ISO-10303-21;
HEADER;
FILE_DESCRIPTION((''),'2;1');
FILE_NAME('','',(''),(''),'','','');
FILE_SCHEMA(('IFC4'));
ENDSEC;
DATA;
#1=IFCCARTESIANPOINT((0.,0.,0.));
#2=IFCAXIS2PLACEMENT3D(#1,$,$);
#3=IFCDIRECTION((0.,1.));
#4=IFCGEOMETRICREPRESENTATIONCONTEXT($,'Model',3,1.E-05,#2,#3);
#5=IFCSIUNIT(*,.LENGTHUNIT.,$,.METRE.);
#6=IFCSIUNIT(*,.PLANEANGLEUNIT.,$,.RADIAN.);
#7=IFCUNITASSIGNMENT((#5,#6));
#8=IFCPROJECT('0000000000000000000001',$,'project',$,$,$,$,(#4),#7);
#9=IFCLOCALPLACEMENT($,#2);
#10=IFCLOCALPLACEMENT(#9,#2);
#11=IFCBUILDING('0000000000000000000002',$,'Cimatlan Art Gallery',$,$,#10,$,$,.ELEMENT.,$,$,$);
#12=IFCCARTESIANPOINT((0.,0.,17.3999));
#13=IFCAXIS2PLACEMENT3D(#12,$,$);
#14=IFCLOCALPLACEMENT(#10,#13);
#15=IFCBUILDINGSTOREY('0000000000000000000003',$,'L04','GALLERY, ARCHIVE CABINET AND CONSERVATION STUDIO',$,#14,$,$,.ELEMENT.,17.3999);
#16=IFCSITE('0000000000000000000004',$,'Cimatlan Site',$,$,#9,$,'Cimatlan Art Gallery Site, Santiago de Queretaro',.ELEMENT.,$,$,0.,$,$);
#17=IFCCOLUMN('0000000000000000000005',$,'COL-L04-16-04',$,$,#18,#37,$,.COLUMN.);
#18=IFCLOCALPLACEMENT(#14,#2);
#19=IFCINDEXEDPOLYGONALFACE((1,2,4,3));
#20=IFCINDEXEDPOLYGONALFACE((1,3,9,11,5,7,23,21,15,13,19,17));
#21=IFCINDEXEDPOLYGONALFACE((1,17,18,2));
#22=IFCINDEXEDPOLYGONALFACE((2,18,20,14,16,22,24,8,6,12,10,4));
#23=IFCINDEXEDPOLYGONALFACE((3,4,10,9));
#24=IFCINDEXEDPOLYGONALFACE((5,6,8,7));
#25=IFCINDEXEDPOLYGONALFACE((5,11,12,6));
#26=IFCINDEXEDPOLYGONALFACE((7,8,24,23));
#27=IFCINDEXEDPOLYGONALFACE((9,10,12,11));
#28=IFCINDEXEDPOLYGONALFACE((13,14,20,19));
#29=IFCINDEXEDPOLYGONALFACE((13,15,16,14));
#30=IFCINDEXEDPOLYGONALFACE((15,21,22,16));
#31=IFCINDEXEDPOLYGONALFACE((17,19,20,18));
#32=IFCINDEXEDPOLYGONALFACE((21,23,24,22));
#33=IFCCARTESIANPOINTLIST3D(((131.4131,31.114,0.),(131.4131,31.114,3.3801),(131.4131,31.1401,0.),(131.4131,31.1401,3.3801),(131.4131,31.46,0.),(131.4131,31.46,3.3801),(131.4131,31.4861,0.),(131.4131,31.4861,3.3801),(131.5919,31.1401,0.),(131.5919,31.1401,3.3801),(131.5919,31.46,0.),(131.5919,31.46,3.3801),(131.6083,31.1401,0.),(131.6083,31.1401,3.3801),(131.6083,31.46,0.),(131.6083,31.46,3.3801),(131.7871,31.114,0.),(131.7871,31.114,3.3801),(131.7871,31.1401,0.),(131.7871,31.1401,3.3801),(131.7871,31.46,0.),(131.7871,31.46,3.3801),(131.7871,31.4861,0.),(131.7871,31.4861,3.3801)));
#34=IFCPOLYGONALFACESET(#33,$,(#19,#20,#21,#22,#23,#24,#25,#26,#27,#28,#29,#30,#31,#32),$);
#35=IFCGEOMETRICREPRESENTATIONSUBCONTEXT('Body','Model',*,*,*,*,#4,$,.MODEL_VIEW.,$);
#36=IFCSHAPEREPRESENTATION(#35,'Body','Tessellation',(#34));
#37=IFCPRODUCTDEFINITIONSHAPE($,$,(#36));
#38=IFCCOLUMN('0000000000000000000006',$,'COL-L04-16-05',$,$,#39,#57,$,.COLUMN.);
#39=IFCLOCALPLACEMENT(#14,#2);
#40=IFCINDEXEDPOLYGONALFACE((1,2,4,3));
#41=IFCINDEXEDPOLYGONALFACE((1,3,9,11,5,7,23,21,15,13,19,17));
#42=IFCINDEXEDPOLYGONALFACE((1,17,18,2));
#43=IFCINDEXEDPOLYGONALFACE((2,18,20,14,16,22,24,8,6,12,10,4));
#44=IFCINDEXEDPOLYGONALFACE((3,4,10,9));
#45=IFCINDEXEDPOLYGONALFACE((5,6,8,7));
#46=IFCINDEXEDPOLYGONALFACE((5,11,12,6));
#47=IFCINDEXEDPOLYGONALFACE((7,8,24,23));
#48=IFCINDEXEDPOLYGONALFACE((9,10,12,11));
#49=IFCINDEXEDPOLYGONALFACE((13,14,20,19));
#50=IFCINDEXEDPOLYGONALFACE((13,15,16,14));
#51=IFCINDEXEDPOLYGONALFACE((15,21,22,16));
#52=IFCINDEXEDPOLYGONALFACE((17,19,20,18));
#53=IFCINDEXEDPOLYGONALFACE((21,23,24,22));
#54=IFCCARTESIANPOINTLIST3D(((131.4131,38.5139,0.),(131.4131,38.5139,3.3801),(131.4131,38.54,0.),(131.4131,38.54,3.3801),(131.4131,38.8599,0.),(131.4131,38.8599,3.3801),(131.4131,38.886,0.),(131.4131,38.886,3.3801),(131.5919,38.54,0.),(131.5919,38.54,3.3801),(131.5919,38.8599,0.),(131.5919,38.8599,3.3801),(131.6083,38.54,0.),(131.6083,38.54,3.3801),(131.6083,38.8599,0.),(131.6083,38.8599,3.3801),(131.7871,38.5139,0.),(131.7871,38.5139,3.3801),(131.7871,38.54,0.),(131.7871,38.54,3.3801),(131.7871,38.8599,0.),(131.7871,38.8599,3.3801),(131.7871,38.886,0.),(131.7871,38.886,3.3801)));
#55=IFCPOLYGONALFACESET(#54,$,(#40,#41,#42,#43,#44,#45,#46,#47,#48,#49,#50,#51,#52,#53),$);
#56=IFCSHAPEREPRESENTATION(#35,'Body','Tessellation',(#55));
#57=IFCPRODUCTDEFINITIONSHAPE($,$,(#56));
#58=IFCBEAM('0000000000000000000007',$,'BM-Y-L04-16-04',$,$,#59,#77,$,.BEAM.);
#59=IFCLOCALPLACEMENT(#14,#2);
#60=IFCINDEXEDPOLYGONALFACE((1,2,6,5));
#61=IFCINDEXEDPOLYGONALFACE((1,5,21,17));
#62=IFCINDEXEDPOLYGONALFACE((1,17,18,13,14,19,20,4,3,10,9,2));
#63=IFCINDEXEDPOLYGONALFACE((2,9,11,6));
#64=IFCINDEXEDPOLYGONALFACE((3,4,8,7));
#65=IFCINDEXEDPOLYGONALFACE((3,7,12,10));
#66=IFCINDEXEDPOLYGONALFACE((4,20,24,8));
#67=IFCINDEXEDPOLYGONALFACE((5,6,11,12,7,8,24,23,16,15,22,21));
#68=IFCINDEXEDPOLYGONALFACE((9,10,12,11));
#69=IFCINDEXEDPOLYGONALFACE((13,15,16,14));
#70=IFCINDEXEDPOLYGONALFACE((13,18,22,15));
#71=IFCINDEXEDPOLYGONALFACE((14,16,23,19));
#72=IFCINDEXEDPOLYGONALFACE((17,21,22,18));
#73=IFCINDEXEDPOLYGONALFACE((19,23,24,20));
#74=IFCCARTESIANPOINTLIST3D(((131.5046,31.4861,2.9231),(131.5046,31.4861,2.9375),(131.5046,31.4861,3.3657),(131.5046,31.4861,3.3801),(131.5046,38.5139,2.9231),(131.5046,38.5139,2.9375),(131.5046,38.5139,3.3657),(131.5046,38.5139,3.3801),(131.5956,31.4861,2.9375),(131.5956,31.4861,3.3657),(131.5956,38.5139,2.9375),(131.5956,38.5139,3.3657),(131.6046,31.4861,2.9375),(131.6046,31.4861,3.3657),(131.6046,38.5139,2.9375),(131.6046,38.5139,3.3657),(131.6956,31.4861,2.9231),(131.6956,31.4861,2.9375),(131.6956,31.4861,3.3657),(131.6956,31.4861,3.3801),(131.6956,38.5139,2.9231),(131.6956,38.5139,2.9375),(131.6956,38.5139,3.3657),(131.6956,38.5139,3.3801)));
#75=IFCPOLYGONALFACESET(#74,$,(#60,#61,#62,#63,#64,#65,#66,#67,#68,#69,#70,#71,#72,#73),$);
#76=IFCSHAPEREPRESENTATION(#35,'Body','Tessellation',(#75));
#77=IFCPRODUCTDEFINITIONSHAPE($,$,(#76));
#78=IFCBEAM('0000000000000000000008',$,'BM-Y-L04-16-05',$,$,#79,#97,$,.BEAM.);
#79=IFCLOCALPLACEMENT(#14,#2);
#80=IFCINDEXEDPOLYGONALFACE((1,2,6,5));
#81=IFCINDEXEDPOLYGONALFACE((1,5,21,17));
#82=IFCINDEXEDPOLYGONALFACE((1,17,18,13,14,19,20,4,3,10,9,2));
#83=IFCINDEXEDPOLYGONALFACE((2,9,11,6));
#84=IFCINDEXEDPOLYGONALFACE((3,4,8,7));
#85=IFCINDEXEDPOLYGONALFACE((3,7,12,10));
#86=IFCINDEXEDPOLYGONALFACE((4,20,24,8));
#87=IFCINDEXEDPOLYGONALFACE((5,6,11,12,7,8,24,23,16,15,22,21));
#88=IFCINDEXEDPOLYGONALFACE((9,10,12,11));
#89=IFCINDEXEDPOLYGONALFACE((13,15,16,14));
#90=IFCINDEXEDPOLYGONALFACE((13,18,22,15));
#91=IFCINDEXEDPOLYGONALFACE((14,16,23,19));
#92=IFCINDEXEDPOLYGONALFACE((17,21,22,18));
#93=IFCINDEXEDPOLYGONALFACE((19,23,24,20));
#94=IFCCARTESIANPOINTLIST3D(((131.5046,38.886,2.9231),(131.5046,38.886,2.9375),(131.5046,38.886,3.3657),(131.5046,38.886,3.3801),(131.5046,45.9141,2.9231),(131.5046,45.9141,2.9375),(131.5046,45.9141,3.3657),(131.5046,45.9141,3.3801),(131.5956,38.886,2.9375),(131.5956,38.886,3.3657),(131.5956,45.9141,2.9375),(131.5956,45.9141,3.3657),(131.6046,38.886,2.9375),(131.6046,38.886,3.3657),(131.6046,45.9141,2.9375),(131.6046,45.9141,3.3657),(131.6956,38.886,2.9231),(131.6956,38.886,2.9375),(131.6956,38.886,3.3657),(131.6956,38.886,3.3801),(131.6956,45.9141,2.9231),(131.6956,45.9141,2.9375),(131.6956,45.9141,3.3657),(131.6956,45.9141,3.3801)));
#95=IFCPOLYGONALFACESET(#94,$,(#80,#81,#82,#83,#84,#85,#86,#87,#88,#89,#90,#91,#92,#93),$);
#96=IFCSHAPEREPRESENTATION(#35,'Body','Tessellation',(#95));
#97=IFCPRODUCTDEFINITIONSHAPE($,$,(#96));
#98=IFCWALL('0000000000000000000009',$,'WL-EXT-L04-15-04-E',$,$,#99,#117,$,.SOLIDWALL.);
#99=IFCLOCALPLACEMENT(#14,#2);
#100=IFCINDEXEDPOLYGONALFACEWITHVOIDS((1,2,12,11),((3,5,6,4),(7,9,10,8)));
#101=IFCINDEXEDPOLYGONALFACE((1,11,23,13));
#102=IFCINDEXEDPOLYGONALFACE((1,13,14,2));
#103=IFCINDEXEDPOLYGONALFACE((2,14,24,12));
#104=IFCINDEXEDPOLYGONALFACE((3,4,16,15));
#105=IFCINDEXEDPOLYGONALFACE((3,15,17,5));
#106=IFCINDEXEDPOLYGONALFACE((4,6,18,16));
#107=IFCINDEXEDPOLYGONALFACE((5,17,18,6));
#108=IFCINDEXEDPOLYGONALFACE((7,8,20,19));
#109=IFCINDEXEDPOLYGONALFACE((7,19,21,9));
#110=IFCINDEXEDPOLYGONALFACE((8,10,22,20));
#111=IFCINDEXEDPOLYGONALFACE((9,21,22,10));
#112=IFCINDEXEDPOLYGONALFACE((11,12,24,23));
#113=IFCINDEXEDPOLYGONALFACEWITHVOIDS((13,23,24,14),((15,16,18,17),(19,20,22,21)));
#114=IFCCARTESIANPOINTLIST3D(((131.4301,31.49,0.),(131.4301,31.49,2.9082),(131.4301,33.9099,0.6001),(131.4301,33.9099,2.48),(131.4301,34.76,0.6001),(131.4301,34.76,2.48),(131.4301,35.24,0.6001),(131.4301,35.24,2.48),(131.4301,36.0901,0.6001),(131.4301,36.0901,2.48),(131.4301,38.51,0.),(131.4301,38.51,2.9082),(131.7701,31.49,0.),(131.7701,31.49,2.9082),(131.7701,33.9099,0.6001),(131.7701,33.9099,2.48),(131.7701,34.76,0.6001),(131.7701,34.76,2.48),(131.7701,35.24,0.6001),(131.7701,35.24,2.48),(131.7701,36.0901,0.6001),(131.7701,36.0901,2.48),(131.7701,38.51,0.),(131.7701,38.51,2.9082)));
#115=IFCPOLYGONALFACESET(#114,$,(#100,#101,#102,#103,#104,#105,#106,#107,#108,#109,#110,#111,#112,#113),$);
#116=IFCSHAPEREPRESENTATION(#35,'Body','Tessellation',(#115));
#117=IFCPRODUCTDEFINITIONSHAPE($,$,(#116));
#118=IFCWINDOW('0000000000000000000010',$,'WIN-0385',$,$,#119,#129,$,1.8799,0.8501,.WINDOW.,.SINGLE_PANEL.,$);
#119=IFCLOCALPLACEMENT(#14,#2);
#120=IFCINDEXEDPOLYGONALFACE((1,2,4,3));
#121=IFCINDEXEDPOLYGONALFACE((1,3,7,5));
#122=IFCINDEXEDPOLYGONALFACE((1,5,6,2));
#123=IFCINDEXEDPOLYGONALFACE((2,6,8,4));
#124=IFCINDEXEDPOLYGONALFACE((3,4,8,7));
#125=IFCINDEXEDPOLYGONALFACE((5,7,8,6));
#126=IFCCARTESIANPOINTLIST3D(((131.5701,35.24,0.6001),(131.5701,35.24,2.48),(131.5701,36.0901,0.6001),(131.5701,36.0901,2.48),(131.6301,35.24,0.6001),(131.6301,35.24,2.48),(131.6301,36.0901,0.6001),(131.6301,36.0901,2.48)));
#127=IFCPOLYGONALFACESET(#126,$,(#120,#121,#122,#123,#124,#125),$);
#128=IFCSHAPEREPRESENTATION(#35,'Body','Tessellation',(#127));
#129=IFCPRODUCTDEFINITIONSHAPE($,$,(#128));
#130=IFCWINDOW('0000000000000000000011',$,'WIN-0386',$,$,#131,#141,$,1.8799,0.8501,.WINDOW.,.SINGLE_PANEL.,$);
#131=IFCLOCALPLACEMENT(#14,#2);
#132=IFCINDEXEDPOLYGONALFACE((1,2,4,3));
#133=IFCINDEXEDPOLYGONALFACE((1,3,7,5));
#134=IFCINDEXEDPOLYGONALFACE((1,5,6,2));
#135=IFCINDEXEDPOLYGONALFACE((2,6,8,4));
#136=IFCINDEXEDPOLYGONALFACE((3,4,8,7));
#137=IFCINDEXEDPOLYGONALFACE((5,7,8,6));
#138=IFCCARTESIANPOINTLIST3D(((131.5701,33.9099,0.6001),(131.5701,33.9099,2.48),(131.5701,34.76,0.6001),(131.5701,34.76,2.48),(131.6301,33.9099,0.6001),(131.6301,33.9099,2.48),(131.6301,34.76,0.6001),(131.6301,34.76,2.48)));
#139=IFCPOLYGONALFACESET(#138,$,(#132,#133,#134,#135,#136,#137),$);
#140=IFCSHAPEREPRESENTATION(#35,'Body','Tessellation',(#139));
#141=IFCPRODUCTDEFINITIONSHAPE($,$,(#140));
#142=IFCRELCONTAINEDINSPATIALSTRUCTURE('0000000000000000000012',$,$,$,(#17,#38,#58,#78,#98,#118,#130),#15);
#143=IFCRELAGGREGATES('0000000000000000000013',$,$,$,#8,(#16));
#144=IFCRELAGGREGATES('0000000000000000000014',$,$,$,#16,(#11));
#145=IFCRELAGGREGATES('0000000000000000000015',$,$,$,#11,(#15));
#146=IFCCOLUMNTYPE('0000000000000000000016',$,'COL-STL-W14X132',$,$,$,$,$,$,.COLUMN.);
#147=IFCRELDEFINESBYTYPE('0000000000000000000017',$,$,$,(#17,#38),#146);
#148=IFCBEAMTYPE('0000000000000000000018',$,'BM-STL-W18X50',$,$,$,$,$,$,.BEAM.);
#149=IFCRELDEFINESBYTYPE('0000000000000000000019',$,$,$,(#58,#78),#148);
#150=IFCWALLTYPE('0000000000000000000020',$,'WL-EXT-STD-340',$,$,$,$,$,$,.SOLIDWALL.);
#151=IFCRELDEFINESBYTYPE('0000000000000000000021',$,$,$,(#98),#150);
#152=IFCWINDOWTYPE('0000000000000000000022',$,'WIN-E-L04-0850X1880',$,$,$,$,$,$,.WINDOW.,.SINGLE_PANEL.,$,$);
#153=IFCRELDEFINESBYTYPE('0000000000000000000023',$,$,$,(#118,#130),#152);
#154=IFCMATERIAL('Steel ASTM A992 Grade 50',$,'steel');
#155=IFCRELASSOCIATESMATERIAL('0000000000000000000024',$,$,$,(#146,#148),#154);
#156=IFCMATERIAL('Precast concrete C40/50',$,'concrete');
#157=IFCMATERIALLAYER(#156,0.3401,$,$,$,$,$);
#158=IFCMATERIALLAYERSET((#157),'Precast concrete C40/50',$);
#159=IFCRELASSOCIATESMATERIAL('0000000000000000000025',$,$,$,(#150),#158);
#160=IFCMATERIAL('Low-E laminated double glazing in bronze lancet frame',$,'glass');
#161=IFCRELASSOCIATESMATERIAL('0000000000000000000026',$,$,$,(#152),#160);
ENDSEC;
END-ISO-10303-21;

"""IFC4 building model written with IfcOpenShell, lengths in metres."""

from ifc_helpers import new_model, si_unit, direction, frame, frame_2d, origin, origin_2d, place, context, subcontext, project, spatial, rectangle, i_section, extrude, material, layer, layer_set, material_profile, profile_set, type_object, element, fill, save


model = new_model("IFC4")

# Units and contexts
model_context = context("Model", 3, precision=1e-05, world=origin(), true_north=direction((0.0, 1.0)))
body_context = subcontext(model_context, "Body", "Model", "MODEL_VIEW")
ifc_project = project(units=[si_unit("LENGTHUNIT", "METRE"), si_unit("PLANEANGLEUNIT", "RADIAN")], contexts=[model_context])

# Site, building, storey
site_placement = place(None, origin())
site = spatial("IfcSite", under=ifc_project, at=site_placement, Name="Cimatlan Site", LongName="Cimatlan Art Gallery Site, Santiago de Queretaro", CompositionType="ELEMENT", RefElevation=0.0)
building_placement = place(site_placement, origin())
building = spatial("IfcBuilding", under=site, at=building_placement, Name="Cimatlan Art Gallery", CompositionType="ELEMENT")
storey_placement = place(building_placement, frame((0.0, 0.0, 17.3999)))
storey = spatial("IfcBuildingStorey", under=building, at=storey_placement, Name="L04", Description="GALLERY, ARCHIVE CABINET AND CONSERVATION STUDIO", CompositionType="ELEMENT", Elevation=17.3999)

# Columns
ifc_material_1 = material(Name="Steel ASTM A992 Grade 50", Category="steel")
ifc_material_profile_1 = material_profile(ifc_material_1, i_section(OverallWidth=0.374, OverallDepth=0.3721, WebThickness=0.0164, FlangeThickness=0.0261, at=origin_2d()), Name="W14X132")
ifc_profile_set_1 = profile_set([ifc_material_profile_1], Name="Steel ASTM A992 Grade 50")
column_type = type_object("IfcColumnType", Name="COL-STL-W14X132", PredefinedType="COLUMN", material=ifc_profile_set_1)
for number, where, z_axis, x_axis, name in (
    (1, (131.6001, 31.3, 0.0), (0.0, 0.0, 1.0), (1.0, 0.0, 0.0), "COL-L04-16-04"),
    (2, (131.6001, 38.7, 0.0), (0.0, 0.0, 1.0), (1.0, 0.0, 0.0), "COL-L04-16-05"),
):
    element("IfcColumn", number, at=place(storey_placement, frame(where, z_axis=z_axis, x_axis=x_axis)), inside=storey, type_object=column_type, Name=name, PredefinedType="COLUMN", context=body_context, shape_type="SweptSolid", body=[
        extrude(i_section(OverallWidth=0.374, OverallDepth=0.3721, WebThickness=0.0164, FlangeThickness=0.0261, at=origin_2d()), origin(), (0.0, 0.0, 1.0), 3.3801),
    ])

# Beams
ifc_material_profile_2 = material_profile(ifc_material_1, i_section(OverallWidth=0.1909, OverallDepth=0.457, WebThickness=0.009, FlangeThickness=0.0144, at=origin_2d()), Name="W18X50")
ifc_profile_set_2 = profile_set([ifc_material_profile_2], Name="Steel ASTM A992 Grade 50")
beam_type = type_object("IfcBeamType", Name="BM-STL-W18X50", PredefinedType="BEAM", material=ifc_profile_set_2)
beam_1_placement = place(storey_placement, frame((131.6001, 31.4861, 3.1516), z_axis=(0.0, 1.0, 0.0), x_axis=(-1.0, 0.0, 0.0)))
element("IfcBeam", 3, at=beam_1_placement, inside=storey, type_object=beam_type, Name="BM-Y-L04-16-04", PredefinedType="BEAM", context=body_context, shape_type="SweptSolid", body=[
    extrude(i_section(OverallWidth=0.1909, OverallDepth=0.457, WebThickness=0.009, FlangeThickness=0.0144, at=origin_2d()), origin(), (0.0, 0.0, 1.0), 7.0278),
])
beam_2_placement = place(storey_placement, frame((131.6001, 38.886, 3.1516), z_axis=(0.0, 1.0, 0.0), x_axis=(-1.0, 0.0, 0.0)))
element("IfcBeam", 4, at=beam_2_placement, inside=storey, type_object=beam_type, Name="BM-Y-L04-16-05", PredefinedType="BEAM", context=body_context, shape_type="SweptSolid", body=[
    extrude(i_section(OverallWidth=0.1909, OverallDepth=0.457, WebThickness=0.009, FlangeThickness=0.0144, at=origin_2d()), origin(), (0.0, 0.0, 1.0), 7.0281),
])

# Wall, openings, windows
ifc_material_2 = material(Name="Precast concrete C40/50", Category="concrete")
ifc_layer_1 = layer(ifc_material_2, 0.3401)
ifc_layer_set_1 = layer_set([ifc_layer_1], Name="Precast concrete C40/50")
wall_type_1 = type_object("IfcWallType", Name="WL-EXT-STD-340", PredefinedType="SOLIDWALL", material=ifc_layer_set_1)
wall_1_placement = place(storey_placement, frame((131.6001, 38.51, 0.0), z_axis=(0.0, 0.0, 1.0), x_axis=(0.0, -1.0, 0.0)))
wall_1 = element("IfcWall", 5, at=wall_1_placement, inside=storey, type_object=wall_type_1, Name="WL-EXT-L04-15-04-E", PredefinedType="SOLIDWALL", context=body_context, shape_type="SweptSolid", body=[
    extrude(rectangle(XDim=7.02, YDim=0.3401, at=frame_2d((3.51, 0.0))), origin(), (0.0, 0.0, 1.0), 2.9082),
])
opening_1_placement = place(wall_1_placement, frame((2.4199, 0.0, 0.6001)))
opening_1 = element("IfcOpeningElement", 6, at=opening_1_placement, cuts=wall_1, PredefinedType="OPENING", context=body_context, shape_type="SweptSolid", body=[
    extrude(rectangle(XDim=0.8501, YDim=1.8799, at=frame_2d((0.425, 0.9399))), frame((0.0, 0.1802, 0.0), z_axis=(0.0, -1.0, 0.0), x_axis=(1.0, 0.0, 0.0)), (0.0, 0.0, 1.0), 0.3601),
])
opening_2_placement = place(wall_1_placement, frame((3.75, 0.0, 0.6001)))
opening_2 = element("IfcOpeningElement", 7, at=opening_2_placement, cuts=wall_1, PredefinedType="OPENING", context=body_context, shape_type="SweptSolid", body=[
    extrude(rectangle(XDim=0.8501, YDim=1.8799, at=frame_2d((0.425, 0.9399))), frame((0.0, 0.1802, 0.0), z_axis=(0.0, -1.0, 0.0), x_axis=(1.0, 0.0, 0.0)), (0.0, 0.0, 1.0), 0.3601),
])
ifc_material_3 = material(Name="Low-E laminated double glazing in bronze lancet frame", Category="glass")
window_type = type_object("IfcWindowType", Name="WIN-E-L04-0850X1880", PartitioningType="SINGLE_PANEL", PredefinedType="WINDOW", material=ifc_material_3)
window_1_placement = place(opening_1_placement, origin())
window_1 = element("IfcWindow", 8, at=window_1_placement, inside=storey, type_object=window_type, Name="WIN-0385", OverallHeight=1.8799, OverallWidth=0.8501, PartitioningType="SINGLE_PANEL", PredefinedType="WINDOW", context=body_context, shape_type="SweptSolid", body=[
    extrude(rectangle(XDim=0.8501, YDim=1.8799, at=frame_2d((0.425, 0.9399))), frame((0.0, 0.03, 0.0), z_axis=(0.0, -1.0, 0.0), x_axis=(1.0, 0.0, 0.0)), (0.0, 0.0, 1.0), 0.0601),
])
fill(opening_1, window_1)
window_2_placement = place(opening_2_placement, origin())
window_2 = element("IfcWindow", 9, at=window_2_placement, inside=storey, type_object=window_type, Name="WIN-0386", OverallHeight=1.8799, OverallWidth=0.8501, PartitioningType="SINGLE_PANEL", PredefinedType="WINDOW", context=body_context, shape_type="SweptSolid", body=[
    extrude(rectangle(XDim=0.8501, YDim=1.8799, at=frame_2d((0.425, 0.9399))), frame((0.0, 0.03, 0.0), z_axis=(0.0, -1.0, 0.0), x_axis=(1.0, 0.0, 0.0)), (0.0, 0.0, 1.0), 0.0601),
])
fill(opening_2, window_2)

save(model, "model.ifc")
